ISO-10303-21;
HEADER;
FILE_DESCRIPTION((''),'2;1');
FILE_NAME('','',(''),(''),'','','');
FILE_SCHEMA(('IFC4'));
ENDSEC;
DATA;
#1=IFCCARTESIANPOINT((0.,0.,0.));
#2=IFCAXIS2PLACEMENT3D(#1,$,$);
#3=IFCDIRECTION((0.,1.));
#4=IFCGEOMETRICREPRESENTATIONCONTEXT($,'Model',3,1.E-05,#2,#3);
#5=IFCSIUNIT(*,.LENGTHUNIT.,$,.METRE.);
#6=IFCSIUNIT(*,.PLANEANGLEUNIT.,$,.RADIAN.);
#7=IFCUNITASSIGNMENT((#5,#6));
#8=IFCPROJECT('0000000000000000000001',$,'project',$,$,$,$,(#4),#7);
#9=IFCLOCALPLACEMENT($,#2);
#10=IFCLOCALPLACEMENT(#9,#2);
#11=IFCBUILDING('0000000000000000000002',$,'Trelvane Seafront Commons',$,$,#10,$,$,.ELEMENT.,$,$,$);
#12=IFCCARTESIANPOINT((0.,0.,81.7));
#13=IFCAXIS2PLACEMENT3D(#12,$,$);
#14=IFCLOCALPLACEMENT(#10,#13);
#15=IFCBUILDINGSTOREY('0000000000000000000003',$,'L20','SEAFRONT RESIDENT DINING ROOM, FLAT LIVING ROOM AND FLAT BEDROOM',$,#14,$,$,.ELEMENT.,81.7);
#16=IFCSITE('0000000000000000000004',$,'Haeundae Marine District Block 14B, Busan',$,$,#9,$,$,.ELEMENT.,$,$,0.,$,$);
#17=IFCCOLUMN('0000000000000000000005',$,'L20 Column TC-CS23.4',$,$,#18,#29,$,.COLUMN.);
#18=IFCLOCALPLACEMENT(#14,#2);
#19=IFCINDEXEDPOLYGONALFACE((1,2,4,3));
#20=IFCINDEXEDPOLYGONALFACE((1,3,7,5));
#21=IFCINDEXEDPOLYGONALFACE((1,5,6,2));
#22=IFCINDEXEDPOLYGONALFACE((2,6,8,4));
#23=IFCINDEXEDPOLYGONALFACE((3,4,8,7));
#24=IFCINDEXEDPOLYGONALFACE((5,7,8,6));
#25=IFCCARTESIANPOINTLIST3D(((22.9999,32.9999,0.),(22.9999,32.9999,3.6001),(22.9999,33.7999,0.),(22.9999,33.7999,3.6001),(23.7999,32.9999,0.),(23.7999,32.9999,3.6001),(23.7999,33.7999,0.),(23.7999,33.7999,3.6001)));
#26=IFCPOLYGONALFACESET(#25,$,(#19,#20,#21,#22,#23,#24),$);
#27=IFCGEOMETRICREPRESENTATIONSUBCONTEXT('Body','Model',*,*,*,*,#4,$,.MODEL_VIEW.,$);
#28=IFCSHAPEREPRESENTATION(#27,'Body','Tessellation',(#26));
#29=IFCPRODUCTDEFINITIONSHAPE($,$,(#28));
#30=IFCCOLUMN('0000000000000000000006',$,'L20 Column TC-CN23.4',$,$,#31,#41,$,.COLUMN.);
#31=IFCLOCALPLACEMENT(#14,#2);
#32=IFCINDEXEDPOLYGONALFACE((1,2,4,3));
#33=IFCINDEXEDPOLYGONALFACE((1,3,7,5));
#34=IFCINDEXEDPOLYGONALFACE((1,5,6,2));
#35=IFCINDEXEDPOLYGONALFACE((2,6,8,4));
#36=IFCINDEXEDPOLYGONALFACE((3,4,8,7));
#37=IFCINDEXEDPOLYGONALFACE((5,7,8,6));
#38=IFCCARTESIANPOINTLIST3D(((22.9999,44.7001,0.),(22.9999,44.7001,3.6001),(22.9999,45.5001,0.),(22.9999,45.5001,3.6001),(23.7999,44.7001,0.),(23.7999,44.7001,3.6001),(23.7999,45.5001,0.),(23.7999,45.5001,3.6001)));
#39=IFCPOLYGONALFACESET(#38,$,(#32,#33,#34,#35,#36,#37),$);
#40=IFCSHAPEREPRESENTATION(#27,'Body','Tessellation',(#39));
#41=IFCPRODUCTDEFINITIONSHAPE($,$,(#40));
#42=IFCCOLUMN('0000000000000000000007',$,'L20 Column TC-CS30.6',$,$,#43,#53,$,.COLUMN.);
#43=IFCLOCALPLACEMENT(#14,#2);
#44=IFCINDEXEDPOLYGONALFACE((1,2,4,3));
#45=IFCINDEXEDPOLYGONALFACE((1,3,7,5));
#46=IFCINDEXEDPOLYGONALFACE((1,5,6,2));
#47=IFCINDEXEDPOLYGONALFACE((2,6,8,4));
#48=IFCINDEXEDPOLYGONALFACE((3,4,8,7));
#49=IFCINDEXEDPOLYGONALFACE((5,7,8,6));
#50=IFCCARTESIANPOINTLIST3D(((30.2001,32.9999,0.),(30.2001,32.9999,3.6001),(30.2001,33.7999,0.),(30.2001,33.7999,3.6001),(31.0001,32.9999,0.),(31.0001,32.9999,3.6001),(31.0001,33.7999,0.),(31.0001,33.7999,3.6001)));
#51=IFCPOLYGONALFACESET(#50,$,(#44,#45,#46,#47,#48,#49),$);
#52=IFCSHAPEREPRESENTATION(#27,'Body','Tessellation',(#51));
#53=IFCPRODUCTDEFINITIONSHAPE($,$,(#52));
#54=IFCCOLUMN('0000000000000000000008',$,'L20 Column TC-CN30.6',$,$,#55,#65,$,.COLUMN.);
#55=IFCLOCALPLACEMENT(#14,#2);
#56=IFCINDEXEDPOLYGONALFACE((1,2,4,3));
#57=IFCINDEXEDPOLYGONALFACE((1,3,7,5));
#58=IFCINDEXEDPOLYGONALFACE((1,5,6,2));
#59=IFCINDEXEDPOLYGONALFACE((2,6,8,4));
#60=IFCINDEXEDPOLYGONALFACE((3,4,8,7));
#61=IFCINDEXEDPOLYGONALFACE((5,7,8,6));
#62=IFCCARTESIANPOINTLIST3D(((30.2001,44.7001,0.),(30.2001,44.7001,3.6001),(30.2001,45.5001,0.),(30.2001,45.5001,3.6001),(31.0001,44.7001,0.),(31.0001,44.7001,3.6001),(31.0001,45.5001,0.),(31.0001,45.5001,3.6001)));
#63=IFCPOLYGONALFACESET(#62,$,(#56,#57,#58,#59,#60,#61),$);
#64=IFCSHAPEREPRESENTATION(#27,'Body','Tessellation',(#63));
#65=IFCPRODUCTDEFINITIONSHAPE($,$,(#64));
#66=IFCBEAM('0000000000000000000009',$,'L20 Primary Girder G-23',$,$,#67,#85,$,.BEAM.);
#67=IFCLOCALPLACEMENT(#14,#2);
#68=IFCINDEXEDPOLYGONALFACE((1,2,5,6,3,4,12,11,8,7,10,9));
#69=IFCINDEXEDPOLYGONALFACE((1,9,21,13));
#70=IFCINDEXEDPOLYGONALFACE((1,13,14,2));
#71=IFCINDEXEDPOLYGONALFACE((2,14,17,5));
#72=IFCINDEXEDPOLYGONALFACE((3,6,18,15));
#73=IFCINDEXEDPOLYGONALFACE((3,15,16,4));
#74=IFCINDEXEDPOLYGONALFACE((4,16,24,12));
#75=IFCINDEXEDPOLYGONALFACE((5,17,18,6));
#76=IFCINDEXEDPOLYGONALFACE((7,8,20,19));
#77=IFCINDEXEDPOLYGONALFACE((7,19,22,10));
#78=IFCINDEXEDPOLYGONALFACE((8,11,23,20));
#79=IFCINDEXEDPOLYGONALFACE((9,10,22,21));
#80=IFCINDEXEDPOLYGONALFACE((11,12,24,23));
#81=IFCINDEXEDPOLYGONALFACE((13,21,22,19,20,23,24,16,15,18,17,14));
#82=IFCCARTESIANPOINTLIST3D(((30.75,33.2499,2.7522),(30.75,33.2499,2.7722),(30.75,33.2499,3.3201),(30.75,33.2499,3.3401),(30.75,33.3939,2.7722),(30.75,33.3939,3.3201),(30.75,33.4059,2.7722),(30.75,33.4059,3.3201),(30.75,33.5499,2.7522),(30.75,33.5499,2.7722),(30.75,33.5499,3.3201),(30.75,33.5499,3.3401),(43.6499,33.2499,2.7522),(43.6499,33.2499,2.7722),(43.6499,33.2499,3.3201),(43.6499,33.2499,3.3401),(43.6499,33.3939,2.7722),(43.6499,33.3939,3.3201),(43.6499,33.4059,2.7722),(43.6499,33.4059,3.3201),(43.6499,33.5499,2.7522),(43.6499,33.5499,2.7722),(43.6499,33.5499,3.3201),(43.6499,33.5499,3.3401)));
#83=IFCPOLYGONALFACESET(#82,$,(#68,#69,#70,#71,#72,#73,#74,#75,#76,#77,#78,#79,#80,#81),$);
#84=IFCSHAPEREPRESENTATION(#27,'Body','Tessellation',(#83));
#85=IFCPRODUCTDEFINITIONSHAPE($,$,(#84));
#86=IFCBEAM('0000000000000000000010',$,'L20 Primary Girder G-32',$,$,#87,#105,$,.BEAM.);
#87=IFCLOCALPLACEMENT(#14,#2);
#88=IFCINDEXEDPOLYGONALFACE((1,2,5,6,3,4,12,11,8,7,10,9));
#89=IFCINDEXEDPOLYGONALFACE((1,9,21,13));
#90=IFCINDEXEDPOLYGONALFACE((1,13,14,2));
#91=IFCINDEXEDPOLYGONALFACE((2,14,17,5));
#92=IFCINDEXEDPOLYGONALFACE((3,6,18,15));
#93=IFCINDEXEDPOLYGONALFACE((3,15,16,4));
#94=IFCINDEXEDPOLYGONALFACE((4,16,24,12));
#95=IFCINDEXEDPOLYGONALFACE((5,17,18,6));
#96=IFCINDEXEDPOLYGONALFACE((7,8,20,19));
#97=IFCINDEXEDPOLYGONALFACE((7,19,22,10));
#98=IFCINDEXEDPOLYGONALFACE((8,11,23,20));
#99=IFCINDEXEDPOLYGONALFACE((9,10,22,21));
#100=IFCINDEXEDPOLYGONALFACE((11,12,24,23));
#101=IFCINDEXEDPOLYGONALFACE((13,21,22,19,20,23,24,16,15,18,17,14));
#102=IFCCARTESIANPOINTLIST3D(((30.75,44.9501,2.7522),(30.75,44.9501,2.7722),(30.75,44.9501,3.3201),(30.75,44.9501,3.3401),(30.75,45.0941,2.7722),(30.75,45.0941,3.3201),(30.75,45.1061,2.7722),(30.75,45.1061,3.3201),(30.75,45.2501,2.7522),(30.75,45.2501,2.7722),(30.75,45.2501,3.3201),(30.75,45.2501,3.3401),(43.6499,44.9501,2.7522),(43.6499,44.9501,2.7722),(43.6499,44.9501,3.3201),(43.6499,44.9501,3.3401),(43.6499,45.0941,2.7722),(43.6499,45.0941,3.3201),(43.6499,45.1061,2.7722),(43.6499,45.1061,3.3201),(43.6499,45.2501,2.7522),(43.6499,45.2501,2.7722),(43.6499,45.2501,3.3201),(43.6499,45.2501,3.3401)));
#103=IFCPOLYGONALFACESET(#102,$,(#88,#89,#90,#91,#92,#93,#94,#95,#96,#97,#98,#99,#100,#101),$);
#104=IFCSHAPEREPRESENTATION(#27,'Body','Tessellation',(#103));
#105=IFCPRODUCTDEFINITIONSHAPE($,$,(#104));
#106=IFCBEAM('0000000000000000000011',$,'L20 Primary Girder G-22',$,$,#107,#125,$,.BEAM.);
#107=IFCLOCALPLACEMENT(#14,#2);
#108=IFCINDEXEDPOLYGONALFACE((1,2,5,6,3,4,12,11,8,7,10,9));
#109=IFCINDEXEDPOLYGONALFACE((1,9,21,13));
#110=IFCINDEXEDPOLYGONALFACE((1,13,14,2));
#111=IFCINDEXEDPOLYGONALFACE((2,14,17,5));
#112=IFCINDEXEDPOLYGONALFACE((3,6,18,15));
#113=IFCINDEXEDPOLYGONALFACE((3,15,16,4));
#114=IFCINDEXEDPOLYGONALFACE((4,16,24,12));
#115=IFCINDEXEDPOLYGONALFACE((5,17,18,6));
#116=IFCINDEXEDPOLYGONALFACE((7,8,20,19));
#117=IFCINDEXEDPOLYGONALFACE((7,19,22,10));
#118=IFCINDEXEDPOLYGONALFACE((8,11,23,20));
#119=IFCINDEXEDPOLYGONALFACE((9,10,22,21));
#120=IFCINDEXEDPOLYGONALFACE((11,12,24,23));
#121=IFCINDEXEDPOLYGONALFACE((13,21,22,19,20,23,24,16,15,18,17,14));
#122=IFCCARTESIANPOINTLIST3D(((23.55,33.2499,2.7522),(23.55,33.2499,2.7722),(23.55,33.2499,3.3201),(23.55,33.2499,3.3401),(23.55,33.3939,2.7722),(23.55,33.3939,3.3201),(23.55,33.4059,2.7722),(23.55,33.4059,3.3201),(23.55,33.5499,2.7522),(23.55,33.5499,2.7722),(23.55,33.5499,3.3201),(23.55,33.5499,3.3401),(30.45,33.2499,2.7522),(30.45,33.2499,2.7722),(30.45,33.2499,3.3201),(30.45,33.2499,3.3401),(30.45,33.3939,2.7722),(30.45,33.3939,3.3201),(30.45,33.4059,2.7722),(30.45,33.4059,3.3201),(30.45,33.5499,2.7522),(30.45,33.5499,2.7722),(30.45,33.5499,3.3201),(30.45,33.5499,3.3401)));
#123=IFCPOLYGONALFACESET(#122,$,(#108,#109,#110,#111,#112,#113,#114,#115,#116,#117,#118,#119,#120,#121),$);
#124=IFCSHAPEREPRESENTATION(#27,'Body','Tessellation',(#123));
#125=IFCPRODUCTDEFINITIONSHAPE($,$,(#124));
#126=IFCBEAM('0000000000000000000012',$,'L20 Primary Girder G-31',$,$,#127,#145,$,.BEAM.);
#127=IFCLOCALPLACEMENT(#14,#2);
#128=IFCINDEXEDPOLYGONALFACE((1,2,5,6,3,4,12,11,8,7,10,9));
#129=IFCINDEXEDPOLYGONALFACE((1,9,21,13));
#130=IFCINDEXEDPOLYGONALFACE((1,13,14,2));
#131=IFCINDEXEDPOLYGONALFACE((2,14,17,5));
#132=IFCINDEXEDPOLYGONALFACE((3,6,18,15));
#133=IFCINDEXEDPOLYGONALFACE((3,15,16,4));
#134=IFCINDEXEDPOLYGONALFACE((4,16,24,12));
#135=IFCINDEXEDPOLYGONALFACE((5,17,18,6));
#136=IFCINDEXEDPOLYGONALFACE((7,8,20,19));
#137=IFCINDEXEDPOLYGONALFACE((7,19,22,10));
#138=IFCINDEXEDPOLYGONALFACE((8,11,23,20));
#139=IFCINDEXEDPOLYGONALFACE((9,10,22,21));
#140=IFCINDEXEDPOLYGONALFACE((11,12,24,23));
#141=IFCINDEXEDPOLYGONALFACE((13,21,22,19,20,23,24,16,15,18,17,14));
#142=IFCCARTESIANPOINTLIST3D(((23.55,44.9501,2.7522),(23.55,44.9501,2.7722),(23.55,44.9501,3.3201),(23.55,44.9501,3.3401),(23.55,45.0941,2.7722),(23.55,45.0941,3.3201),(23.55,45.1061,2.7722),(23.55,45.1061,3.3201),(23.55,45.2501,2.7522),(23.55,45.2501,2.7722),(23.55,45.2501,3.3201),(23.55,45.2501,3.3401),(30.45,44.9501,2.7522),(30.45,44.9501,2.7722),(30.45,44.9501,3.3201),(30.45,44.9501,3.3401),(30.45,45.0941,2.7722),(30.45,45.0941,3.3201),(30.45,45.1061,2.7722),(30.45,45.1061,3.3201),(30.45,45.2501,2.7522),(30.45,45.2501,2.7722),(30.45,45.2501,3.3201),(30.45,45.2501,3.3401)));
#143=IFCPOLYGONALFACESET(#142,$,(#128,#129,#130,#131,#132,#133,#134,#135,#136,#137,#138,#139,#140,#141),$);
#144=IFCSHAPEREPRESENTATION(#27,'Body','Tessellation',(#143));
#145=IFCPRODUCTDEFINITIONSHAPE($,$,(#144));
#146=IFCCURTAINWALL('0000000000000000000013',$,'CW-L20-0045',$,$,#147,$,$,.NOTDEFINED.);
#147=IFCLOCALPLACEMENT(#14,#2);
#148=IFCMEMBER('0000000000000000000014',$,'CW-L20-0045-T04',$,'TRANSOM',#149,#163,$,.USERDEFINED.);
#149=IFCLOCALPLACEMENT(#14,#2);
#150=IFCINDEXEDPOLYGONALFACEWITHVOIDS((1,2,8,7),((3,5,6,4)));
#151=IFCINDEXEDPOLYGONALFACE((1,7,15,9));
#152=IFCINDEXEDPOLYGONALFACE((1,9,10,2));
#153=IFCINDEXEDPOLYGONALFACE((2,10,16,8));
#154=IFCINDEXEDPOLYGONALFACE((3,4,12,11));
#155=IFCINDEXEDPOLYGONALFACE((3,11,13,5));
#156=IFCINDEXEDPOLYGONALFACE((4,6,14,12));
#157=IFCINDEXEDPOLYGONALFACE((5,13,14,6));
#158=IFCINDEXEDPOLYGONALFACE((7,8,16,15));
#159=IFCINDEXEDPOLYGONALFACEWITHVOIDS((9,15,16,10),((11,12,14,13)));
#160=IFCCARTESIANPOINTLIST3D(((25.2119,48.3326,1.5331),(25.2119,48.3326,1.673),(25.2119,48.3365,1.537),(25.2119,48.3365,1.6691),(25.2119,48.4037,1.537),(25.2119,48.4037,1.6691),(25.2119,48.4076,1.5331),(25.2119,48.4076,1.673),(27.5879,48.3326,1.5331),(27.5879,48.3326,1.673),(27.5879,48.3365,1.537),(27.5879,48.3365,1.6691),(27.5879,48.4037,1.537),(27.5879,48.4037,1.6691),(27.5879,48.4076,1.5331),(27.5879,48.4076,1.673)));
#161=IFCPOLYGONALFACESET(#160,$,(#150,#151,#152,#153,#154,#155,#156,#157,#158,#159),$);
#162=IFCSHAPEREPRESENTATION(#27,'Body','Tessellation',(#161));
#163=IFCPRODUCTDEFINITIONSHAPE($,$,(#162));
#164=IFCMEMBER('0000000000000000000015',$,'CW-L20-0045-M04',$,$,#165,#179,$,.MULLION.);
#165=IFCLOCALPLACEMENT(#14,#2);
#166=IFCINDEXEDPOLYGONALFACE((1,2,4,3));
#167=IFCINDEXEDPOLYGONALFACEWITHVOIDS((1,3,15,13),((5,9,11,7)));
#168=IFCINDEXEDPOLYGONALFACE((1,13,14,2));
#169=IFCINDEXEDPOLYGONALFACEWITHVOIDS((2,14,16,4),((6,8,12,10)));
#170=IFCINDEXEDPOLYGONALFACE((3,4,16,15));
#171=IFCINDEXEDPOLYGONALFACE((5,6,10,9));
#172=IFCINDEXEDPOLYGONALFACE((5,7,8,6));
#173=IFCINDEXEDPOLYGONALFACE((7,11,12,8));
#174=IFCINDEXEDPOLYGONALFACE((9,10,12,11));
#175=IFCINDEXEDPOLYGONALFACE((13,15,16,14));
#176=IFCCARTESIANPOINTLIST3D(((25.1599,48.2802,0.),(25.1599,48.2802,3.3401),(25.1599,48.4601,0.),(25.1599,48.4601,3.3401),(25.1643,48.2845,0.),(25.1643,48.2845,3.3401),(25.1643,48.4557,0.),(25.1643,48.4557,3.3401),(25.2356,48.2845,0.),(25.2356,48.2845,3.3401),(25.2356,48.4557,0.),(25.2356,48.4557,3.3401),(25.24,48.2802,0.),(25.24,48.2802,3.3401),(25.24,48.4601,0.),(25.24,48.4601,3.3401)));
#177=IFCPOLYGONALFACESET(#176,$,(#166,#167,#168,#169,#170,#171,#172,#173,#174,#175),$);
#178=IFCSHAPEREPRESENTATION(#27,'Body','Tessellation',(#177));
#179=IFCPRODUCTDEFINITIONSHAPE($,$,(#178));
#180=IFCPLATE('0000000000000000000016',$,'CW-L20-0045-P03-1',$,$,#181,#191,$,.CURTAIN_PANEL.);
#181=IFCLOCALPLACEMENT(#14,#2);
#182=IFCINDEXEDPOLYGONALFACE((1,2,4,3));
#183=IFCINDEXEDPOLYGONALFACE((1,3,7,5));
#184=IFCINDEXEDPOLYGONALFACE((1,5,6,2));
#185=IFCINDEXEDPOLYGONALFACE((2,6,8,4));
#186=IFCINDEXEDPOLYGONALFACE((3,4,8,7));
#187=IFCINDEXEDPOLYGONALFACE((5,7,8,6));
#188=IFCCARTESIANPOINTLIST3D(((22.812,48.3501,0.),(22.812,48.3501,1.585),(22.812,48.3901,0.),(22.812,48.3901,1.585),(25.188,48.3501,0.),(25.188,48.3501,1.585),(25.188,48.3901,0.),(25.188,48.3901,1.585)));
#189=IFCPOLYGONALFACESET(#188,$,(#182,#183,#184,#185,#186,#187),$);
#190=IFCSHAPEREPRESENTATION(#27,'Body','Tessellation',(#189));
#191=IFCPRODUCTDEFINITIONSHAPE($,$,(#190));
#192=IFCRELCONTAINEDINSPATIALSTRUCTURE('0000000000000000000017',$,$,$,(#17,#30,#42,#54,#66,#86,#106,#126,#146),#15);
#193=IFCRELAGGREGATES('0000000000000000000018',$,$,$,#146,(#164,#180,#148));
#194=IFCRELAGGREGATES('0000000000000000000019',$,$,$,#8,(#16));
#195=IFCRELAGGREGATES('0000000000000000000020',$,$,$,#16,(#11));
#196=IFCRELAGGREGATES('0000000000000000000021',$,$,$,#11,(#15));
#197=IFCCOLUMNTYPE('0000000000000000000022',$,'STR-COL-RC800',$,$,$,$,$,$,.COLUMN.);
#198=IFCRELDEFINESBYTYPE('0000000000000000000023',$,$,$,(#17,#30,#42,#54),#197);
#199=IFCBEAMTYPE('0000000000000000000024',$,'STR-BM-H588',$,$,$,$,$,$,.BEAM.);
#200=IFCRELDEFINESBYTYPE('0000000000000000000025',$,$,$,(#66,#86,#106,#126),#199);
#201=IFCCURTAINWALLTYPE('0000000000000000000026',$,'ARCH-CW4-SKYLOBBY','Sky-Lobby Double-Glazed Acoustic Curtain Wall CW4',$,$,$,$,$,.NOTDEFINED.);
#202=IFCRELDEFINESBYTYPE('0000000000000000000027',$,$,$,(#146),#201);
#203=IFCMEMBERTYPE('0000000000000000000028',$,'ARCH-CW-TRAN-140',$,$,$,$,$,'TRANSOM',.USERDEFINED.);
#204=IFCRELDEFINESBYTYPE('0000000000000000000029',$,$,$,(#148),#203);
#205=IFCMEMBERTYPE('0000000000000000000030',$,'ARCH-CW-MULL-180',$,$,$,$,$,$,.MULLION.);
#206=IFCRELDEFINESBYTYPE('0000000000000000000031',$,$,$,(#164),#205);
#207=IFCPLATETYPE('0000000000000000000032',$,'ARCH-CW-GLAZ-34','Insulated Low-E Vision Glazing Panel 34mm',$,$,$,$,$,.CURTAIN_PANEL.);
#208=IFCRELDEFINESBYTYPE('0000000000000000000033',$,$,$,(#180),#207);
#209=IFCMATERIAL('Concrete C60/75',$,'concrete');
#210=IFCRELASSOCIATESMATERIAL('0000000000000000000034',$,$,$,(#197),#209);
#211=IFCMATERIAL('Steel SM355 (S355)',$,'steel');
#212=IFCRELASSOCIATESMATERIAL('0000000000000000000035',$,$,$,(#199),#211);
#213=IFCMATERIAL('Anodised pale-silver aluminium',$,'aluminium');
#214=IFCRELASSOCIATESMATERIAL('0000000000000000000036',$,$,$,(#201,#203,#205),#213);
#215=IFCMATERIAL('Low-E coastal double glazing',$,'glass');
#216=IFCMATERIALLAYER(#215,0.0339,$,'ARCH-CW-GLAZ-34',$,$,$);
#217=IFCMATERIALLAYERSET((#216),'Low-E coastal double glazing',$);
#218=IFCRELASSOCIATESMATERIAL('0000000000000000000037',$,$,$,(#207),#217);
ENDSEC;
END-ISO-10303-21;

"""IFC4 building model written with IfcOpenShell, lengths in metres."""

from ifc_helpers import new_model, si_unit, direction, frame, origin, origin_2d, place, context, subcontext, project, spatial, rectangle, hollow_rectangle, i_section, extrude, source, transform, mapped, material, layer, layer_set, material_profile, profile_set, type_object, element, aggregate, save


model = new_model("IFC4")

# Units and contexts
model_context = context("Model", 3, precision=1e-05, world=origin(), true_north=direction((0.0, 1.0)))
body_context = subcontext(model_context, "Body", "Model", "MODEL_VIEW")
ifc_project = project(units=[si_unit("LENGTHUNIT", "METRE"), si_unit("PLANEANGLEUNIT", "RADIAN")], contexts=[model_context])

# Site, building, storey
site_placement = place(None, origin())
site = spatial("IfcSite", under=ifc_project, at=site_placement, Name="Haeundae Marine District Block 14B, Busan", CompositionType="ELEMENT", RefElevation=0.0)
building_placement = place(site_placement, origin())
building = spatial("IfcBuilding", under=site, at=building_placement, Name="Trelvane Seafront Commons", CompositionType="ELEMENT")
storey_placement = place(building_placement, frame((0.0, 0.0, 81.7)))
storey = spatial("IfcBuildingStorey", under=building, at=storey_placement, Name="L20", Description="SEAFRONT RESIDENT DINING ROOM, FLAT LIVING ROOM AND FLAT BEDROOM", CompositionType="ELEMENT", Elevation=81.7)

# Columns
ifc_material_1 = material(Name="Concrete C60/75", Category="concrete")
ifc_material_profile_1 = material_profile(ifc_material_1, rectangle(XDim=0.8, YDim=0.8, at=origin_2d()), Name="RC-800x800")
ifc_profile_set_1 = profile_set([ifc_material_profile_1], Name="Concrete C60/75")
column_type = type_object("IfcColumnType", Name="STR-COL-RC800", PredefinedType="COLUMN", material=ifc_profile_set_1)
shared_shape_1 = source(origin(), body_context, "Body", "SweptSolid", [
    extrude(rectangle(XDim=0.8, YDim=0.8, at=origin_2d()), origin(), (0.0, 0.0, 1.0), 3.6001),
])
for number, where, z_axis, x_axis, name in (
    (1, (23.3999, 33.3999, 0.0), (0.0, 0.0, 1.0), (1.0, 0.0, 0.0), "L20 Column TC-CS23.4"),
    (2, (23.3999, 45.1001, 0.0), (0.0, 0.0, 1.0), (1.0, 0.0, 0.0), "L20 Column TC-CN23.4"),
    (3, (30.6001, 33.3999, 0.0), (0.0, 0.0, 1.0), (1.0, 0.0, 0.0), "L20 Column TC-CS30.6"),
    (4, (30.6001, 45.1001, 0.0), (0.0, 0.0, 1.0), (1.0, 0.0, 0.0), "L20 Column TC-CN30.6"),
):
    element("IfcColumn", number, at=place(storey_placement, frame(where, z_axis=z_axis, x_axis=x_axis)), inside=storey, type_object=column_type, Name=name, PredefinedType="COLUMN", context=body_context, shape_type="MappedRepresentation", body=[
        mapped(shared_shape_1, transform((0.0, 0.0, 0.0), x_axis=(1.0, 0.0, 0.0), y_axis=(0.0, 1.0, 0.0), z_axis=(0.0, 0.0, 1.0), scale=1.0)),
    ])

# Beams
ifc_material_2 = material(Name="Steel SM355 (S355)", Category="steel")
ifc_material_profile_2 = material_profile(ifc_material_2, i_section(OverallWidth=0.3, OverallDepth=0.5879, WebThickness=0.012, FlangeThickness=0.02, at=origin_2d()), Name="H-588x300x12x20")
ifc_profile_set_2 = profile_set([ifc_material_profile_2], Name="Steel SM355 (S355)")
beam_type = type_object("IfcBeamType", Name="STR-BM-H588", PredefinedType="BEAM", material=ifc_profile_set_2)
shared_shape_2 = source(origin(), body_context, "Body", "SweptSolid", [
    extrude(i_section(OverallWidth=0.3, OverallDepth=0.5879, WebThickness=0.012, FlangeThickness=0.02, at=origin_2d()), origin(), (0.0, 0.0, 1.0), 12.8999),
])
for number, where, z_axis, x_axis, name in (
    (5, (30.75, 33.3999, 3.0461), (1.0, 0.0, 0.0), (0.0, 1.0, 0.0), "L20 Primary Girder G-23"),
    (6, (30.75, 45.1001, 3.0461), (1.0, 0.0, 0.0), (0.0, 1.0, 0.0), "L20 Primary Girder G-32"),
):
    element("IfcBeam", number, at=place(storey_placement, frame(where, z_axis=z_axis, x_axis=x_axis)), inside=storey, type_object=beam_type, Name=name, PredefinedType="BEAM", context=body_context, shape_type="MappedRepresentation", body=[
        mapped(shared_shape_2, transform((0.0, 0.0, 0.0), x_axis=(1.0, 0.0, 0.0), y_axis=(0.0, 1.0, 0.0), z_axis=(0.0, 0.0, 1.0), scale=1.0)),
    ])
shared_shape_3 = source(origin(), body_context, "Body", "SweptSolid", [
    extrude(i_section(OverallWidth=0.3, OverallDepth=0.5879, WebThickness=0.012, FlangeThickness=0.02, at=origin_2d()), origin(), (0.0, 0.0, 1.0), 6.8999),
])
for number, where, z_axis, x_axis, name in (
    (7, (23.55, 33.3999, 3.0461), (1.0, 0.0, 0.0), (0.0, 1.0, 0.0), "L20 Primary Girder G-22"),
    (8, (23.55, 45.1001, 3.0461), (1.0, 0.0, 0.0), (0.0, 1.0, 0.0), "L20 Primary Girder G-31"),
):
    element("IfcBeam", number, at=place(storey_placement, frame(where, z_axis=z_axis, x_axis=x_axis)), inside=storey, type_object=beam_type, Name=name, PredefinedType="BEAM", context=body_context, shape_type="MappedRepresentation", body=[
        mapped(shared_shape_3, transform((0.0, 0.0, 0.0), x_axis=(1.0, 0.0, 0.0), y_axis=(0.0, 1.0, 0.0), z_axis=(0.0, 0.0, 1.0), scale=1.0)),
    ])

# Curtain wall, members, plate
ifc_material_3 = material(Name="Anodised pale-silver aluminium", Category="aluminium")
curtain_wall_type = type_object("IfcCurtainWallType", Name="ARCH-CW4-SKYLOBBY", Description="Sky-Lobby Double-Glazed Acoustic Curtain Wall CW4", PredefinedType="NOTDEFINED", material=ifc_material_3)
curtain_wall_placement = place(storey_placement, origin())
curtain_wall = element("IfcCurtainWall", 9, at=curtain_wall_placement, inside=storey, type_object=curtain_wall_type, Name="CW-L20-0045", PredefinedType="NOTDEFINED")
ifc_material_profile_3 = material_profile(ifc_material_3, hollow_rectangle(XDim=0.075, YDim=0.1399, WallThickness=0.0039, at=origin_2d()), Name="TRAN-75x140x4")
ifc_profile_set_3 = profile_set([ifc_material_profile_3], Name="Anodised pale-silver aluminium")
member_type_1 = type_object("IfcMemberType", Name="ARCH-CW-TRAN-140", ElementType="TRANSOM", PredefinedType="USERDEFINED", material=ifc_profile_set_3)
shared_shape_4 = source(origin(), body_context, "Body", "SweptSolid", [
    extrude(hollow_rectangle(XDim=0.075, YDim=0.1399, WallThickness=0.0039, at=origin_2d()), origin(), (0.0, 0.0, 1.0), 2.376),
])
member_1_placement = place(storey_placement, frame((25.2119, 48.3701, 1.603), z_axis=(1.0, 0.0, 0.0), x_axis=(0.0, 1.0, 0.0)))
member_1 = element("IfcMember", 10, at=member_1_placement, type_object=member_type_1, Name="CW-L20-0045-T04", ObjectType="TRANSOM", PredefinedType="USERDEFINED", context=body_context, shape_type="MappedRepresentation", body=[
    mapped(shared_shape_4, transform((0.0, 0.0, 0.0), x_axis=(1.0, 0.0, 0.0), y_axis=(0.0, 1.0, 0.0), z_axis=(0.0, 0.0, 1.0), scale=1.0)),
])
ifc_material_profile_4 = material_profile(ifc_material_3, hollow_rectangle(XDim=0.0801, YDim=0.1799, WallThickness=0.0044, at=origin_2d()), Name="MULL-80x180x4.5")
ifc_profile_set_4 = profile_set([ifc_material_profile_4], Name="Anodised pale-silver aluminium")
member_type_2 = type_object("IfcMemberType", Name="ARCH-CW-MULL-180", PredefinedType="MULLION", material=ifc_profile_set_4)
shared_shape_5 = source(origin(), body_context, "Body", "SweptSolid", [
    extrude(hollow_rectangle(XDim=0.0801, YDim=0.1799, WallThickness=0.0044, at=origin_2d()), origin(), (0.0, 0.0, 1.0), 3.3401),
])
member_2_placement = place(storey_placement, frame((25.2, 48.3701, 0.0), z_axis=(0.0, 0.0, 1.0), x_axis=(1.0, 0.0, 0.0)))
member_2 = element("IfcMember", 11, at=member_2_placement, type_object=member_type_2, Name="CW-L20-0045-M04", PredefinedType="MULLION", context=body_context, shape_type="MappedRepresentation", body=[
    mapped(shared_shape_5, transform((0.0, 0.0, 0.0), x_axis=(1.0, 0.0, 0.0), y_axis=(0.0, 1.0, 0.0), z_axis=(0.0, 0.0, 1.0), scale=1.0)),
])
ifc_material_4 = material(Name="Low-E coastal double glazing", Category="glass")
ifc_layer_1 = layer(ifc_material_4, 0.0339, Name="ARCH-CW-GLAZ-34")
ifc_layer_set_1 = layer_set([ifc_layer_1], Name="Low-E coastal double glazing")
plate_type = type_object("IfcPlateType", Name="ARCH-CW-GLAZ-34", Description="Insulated Low-E Vision Glazing Panel 34mm", PredefinedType="CURTAIN_PANEL", material=ifc_layer_set_1)
shared_shape_6 = source(origin(), body_context, "Body", "SweptSolid", [
    extrude(rectangle(XDim=2.376, YDim=0.04, at=origin_2d()), origin(), (0.0, 0.0, 1.0), 1.585),
])
plate_1_placement = place(storey_placement, frame((24.0, 48.3701, 0.0), z_axis=(0.0, 0.0, 1.0), x_axis=(1.0, 0.0, 0.0)))
plate_1 = element("IfcPlate", 12, at=plate_1_placement, type_object=plate_type, Name="CW-L20-0045-P03-1", PredefinedType="CURTAIN_PANEL", context=body_context, shape_type="MappedRepresentation", body=[
    mapped(shared_shape_6, transform((0.0, 0.0, 0.0), x_axis=(1.0, 0.0, 0.0), y_axis=(0.0, 1.0, 0.0), z_axis=(0.0, 0.0, 1.0), scale=1.0)),
])
aggregate(curtain_wall, [member_2, plate_1, member_1])

save(model, "model.ifc")
